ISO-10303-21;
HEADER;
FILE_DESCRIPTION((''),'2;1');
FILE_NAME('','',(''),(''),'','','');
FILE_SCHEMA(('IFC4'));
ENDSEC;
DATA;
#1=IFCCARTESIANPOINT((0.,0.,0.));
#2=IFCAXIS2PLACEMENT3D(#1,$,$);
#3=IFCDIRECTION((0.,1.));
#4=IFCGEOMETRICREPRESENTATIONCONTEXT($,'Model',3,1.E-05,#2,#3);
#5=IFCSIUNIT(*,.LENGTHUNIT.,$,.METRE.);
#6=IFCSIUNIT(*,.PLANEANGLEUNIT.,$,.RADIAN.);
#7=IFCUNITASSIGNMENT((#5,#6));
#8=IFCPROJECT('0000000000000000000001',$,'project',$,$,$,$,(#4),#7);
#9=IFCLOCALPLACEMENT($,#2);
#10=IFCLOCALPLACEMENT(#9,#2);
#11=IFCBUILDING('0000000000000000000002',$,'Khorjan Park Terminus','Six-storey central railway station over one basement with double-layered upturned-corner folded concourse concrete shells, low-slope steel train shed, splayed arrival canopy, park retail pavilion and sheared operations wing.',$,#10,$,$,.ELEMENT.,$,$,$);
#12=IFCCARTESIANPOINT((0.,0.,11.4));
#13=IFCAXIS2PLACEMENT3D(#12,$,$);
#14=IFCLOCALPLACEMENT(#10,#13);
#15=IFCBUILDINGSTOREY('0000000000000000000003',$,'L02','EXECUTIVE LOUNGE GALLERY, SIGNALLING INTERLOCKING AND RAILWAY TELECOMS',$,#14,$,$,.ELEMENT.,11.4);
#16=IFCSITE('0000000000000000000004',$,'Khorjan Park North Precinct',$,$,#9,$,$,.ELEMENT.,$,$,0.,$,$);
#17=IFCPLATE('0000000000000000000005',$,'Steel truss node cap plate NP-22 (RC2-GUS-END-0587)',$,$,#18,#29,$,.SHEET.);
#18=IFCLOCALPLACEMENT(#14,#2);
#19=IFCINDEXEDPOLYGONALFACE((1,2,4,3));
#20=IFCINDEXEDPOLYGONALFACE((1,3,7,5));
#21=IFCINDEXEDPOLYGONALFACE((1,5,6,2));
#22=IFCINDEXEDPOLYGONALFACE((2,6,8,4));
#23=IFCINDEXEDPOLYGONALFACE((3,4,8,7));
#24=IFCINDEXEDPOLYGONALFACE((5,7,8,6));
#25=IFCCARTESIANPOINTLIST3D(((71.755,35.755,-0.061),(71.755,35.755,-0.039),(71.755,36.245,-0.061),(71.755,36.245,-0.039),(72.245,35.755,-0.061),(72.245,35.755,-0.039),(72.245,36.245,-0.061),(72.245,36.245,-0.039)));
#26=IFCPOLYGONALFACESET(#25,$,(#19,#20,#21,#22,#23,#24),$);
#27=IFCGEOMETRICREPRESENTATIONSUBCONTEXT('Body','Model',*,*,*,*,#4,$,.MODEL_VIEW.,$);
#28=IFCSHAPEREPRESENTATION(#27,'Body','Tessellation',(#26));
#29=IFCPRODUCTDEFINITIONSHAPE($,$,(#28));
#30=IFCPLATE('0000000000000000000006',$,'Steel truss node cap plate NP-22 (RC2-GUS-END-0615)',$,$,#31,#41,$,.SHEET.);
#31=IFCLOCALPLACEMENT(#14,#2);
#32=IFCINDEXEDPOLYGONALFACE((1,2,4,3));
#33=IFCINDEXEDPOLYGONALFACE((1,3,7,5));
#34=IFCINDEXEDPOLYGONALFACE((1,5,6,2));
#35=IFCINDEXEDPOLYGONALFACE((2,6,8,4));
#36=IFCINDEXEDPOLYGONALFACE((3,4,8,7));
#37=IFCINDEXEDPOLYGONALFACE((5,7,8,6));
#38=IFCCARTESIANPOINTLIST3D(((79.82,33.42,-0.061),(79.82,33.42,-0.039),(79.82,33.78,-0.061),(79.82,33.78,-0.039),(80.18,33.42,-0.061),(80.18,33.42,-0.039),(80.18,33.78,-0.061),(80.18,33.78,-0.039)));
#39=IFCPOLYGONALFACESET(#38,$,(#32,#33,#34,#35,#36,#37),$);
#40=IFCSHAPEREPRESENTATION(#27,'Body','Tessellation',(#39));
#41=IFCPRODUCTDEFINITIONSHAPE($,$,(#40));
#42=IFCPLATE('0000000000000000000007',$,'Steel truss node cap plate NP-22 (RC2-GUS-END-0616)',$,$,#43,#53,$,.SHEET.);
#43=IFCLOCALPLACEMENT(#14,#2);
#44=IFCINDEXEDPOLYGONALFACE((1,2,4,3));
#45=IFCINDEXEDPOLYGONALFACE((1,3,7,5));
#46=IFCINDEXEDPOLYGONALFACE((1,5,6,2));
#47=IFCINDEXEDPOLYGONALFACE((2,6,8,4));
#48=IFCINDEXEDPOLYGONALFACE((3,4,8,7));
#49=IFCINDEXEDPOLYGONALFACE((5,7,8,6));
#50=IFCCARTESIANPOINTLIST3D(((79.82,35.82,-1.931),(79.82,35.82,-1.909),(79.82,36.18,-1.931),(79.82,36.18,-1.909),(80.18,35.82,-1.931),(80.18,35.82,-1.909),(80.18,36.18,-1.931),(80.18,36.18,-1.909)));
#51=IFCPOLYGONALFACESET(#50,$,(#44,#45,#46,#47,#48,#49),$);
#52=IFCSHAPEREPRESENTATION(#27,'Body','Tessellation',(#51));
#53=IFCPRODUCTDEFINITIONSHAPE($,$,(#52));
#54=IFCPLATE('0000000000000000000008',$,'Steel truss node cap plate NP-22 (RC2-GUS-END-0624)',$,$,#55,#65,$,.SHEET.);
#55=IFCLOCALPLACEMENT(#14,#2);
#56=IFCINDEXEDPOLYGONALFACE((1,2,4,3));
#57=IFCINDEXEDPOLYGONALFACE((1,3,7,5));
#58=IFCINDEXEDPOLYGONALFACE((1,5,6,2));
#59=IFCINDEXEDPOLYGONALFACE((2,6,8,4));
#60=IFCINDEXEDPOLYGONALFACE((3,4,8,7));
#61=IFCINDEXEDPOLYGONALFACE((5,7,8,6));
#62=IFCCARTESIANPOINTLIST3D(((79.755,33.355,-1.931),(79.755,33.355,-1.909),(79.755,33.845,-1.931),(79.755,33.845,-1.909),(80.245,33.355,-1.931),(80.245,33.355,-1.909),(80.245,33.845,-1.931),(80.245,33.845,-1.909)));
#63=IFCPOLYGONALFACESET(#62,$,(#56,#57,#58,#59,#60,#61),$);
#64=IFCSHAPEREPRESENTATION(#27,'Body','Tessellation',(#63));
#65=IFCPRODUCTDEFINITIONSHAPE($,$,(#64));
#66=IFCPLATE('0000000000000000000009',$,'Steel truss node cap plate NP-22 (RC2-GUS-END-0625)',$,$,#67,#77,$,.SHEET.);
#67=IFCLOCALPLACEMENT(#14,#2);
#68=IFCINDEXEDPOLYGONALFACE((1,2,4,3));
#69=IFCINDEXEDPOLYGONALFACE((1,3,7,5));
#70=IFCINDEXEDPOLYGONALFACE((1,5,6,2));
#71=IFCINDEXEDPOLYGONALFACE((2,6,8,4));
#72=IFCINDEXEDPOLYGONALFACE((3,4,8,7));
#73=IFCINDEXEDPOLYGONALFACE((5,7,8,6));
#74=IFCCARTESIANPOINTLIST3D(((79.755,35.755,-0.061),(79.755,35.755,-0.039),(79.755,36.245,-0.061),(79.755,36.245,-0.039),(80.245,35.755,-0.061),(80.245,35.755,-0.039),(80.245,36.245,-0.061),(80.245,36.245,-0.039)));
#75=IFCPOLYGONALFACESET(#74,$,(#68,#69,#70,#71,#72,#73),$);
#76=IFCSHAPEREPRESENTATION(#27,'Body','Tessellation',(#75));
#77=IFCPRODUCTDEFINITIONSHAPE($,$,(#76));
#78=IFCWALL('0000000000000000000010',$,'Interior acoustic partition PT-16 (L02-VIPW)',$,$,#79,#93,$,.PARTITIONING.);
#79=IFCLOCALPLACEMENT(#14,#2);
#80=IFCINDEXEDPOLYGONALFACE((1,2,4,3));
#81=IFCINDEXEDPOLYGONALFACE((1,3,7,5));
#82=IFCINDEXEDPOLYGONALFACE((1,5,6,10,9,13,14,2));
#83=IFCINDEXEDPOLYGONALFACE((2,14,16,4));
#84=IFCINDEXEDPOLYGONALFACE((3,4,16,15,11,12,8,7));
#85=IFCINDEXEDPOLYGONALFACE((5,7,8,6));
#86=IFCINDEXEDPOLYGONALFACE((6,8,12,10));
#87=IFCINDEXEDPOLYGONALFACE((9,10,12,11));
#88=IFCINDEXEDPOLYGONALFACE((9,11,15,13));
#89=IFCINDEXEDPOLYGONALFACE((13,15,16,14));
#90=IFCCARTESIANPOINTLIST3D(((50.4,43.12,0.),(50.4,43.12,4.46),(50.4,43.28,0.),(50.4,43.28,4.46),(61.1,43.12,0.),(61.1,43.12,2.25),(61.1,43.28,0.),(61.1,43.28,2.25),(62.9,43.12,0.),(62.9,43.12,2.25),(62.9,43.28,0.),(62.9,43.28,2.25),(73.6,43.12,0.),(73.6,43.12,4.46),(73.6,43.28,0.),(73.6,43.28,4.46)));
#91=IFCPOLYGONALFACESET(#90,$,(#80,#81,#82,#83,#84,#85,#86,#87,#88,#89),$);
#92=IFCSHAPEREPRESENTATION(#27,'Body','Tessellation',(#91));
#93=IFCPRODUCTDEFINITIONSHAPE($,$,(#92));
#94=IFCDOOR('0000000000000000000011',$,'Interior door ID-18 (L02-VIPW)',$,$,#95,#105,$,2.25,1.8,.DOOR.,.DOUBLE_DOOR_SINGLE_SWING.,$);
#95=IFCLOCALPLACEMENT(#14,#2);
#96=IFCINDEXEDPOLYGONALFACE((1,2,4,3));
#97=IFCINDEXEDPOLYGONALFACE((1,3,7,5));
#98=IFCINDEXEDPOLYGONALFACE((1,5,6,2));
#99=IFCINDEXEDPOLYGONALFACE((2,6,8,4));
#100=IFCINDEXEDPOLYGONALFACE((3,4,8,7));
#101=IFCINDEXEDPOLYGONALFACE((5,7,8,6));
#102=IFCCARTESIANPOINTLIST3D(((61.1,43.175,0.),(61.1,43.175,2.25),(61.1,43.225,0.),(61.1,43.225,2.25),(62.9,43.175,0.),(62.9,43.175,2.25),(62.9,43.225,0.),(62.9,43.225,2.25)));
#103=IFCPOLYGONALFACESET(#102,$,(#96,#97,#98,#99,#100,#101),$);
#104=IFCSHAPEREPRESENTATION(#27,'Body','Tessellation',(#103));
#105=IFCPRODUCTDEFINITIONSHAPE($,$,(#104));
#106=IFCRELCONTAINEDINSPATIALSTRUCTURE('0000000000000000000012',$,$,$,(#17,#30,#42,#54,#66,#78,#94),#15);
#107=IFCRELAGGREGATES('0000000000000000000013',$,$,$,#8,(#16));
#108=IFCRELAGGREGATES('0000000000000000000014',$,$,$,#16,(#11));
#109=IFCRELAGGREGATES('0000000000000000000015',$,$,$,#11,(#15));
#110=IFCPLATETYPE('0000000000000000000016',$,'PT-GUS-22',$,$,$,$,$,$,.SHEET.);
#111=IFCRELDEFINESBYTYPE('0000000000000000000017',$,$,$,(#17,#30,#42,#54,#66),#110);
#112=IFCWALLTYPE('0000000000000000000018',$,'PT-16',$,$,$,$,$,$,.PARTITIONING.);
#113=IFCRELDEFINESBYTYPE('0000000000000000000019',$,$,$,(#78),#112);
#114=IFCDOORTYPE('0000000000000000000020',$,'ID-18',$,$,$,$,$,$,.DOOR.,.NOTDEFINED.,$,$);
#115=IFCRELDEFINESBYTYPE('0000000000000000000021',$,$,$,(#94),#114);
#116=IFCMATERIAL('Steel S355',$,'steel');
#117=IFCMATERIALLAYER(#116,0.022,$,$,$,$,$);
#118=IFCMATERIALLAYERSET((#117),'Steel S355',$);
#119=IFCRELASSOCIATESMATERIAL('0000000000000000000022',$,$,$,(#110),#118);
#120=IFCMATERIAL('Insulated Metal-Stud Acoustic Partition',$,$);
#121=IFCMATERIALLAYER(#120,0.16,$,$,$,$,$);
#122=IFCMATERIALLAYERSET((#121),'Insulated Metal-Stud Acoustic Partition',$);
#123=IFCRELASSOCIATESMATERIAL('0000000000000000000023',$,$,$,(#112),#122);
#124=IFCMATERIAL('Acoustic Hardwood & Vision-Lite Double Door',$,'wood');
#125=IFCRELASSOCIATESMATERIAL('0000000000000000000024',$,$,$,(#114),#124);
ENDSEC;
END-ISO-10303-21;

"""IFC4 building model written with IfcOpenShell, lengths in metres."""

from ifc_helpers import new_model, si_unit, direction, frame, frame_2d, origin, origin_2d, place, context, subcontext, project, spatial, rectangle, extrude, material, layer, layer_set, type_object, element, fill, save


model = new_model("IFC4")

# Units and contexts
model_context = context("Model", 3, precision=1e-05, world=origin(), true_north=direction((0.0, 1.0)))
body_context = subcontext(model_context, "Body", "Model", "MODEL_VIEW")
ifc_project = project(units=[si_unit("LENGTHUNIT", "METRE"), si_unit("PLANEANGLEUNIT", "RADIAN")], contexts=[model_context])

# Site, building, storey
site_placement = place(None, origin())
site = spatial("IfcSite", under=ifc_project, at=site_placement, Name="Khorjan Park North Precinct", CompositionType="ELEMENT", RefElevation=0.0)
building_placement = place(site_placement, origin())
building = spatial("IfcBuilding", under=site, at=building_placement, Name="Khorjan Park Terminus", Description="Six-storey central railway station over one basement with double-layered upturned-corner folded concourse concrete shells, low-slope steel train shed, splayed arrival canopy, park retail pavilion and sheared operations wing.", CompositionType="ELEMENT")
storey_placement = place(building_placement, frame((0.0, 0.0, 11.4)))
storey = spatial("IfcBuildingStorey", under=building, at=storey_placement, Name="L02", Description="EXECUTIVE LOUNGE GALLERY, SIGNALLING INTERLOCKING AND RAILWAY TELECOMS", CompositionType="ELEMENT", Elevation=11.4)

# Shared definitions
ifc_material_1 = material(Name="Steel S355", Category="steel")

# Plates
ifc_layer_1 = layer(ifc_material_1, 0.022)
ifc_layer_set_1 = layer_set([ifc_layer_1], Name="Steel S355")
plate_type = type_object("IfcPlateType", Name="PT-GUS-22", PredefinedType="SHEET", material=ifc_layer_set_1)
for number, where, z_axis, x_axis, name in (
    (1, (72.0, 36.0, -0.061), (0.0, 0.0, 1.0), (1.0, 0.0, 0.0), "Steel truss node cap plate NP-22 (RC2-GUS-END-0587)"),
):
    element("IfcPlate", number, at=place(storey_placement, frame(where, z_axis=z_axis, x_axis=x_axis)), inside=storey, type_object=plate_type, Name=name, PredefinedType="SHEET", context=body_context, shape_type="SweptSolid", body=[
        extrude(rectangle(XDim=0.49, YDim=0.49, at=origin_2d()), origin(), (0.0, 0.0, 1.0), 0.022),
    ])
for number, where, z_axis, x_axis, name in (
    (2, (80.0, 33.6, -0.061), (0.0, 0.0, 1.0), (1.0, 0.0, 0.0), "Steel truss node cap plate NP-22 (RC2-GUS-END-0615)"),
    (3, (80.0, 36.0, -1.931), (0.0, 0.0, 1.0), (1.0, 0.0, 0.0), "Steel truss node cap plate NP-22 (RC2-GUS-END-0616)"),
):
    element("IfcPlate", number, at=place(storey_placement, frame(where, z_axis=z_axis, x_axis=x_axis)), inside=storey, type_object=plate_type, Name=name, PredefinedType="SHEET", context=body_context, shape_type="SweptSolid", body=[
        extrude(rectangle(XDim=0.36, YDim=0.36, at=origin_2d()), origin(), (0.0, 0.0, 1.0), 0.022),
    ])
for number, where, z_axis, x_axis, name in (
    (4, (80.0, 33.6, -1.931), (0.0, 0.0, 1.0), (1.0, 0.0, 0.0), "Steel truss node cap plate NP-22 (RC2-GUS-END-0624)"),
    (5, (80.0, 36.0, -0.061), (0.0, 0.0, 1.0), (1.0, 0.0, 0.0), "Steel truss node cap plate NP-22 (RC2-GUS-END-0625)"),
):
    element("IfcPlate", number, at=place(storey_placement, frame(where, z_axis=z_axis, x_axis=x_axis)), inside=storey, type_object=plate_type, Name=name, PredefinedType="SHEET", context=body_context, shape_type="SweptSolid", body=[
        extrude(rectangle(XDim=0.49, YDim=0.49, at=origin_2d()), origin(), (0.0, 0.0, 1.0), 0.022),
    ])

# Wall, opening, door
ifc_material_2 = material(Name="Insulated Metal-Stud Acoustic Partition")
ifc_layer_2 = layer(ifc_material_2, 0.16)
ifc_layer_set_2 = layer_set([ifc_layer_2], Name="Insulated Metal-Stud Acoustic Partition")
wall_type = type_object("IfcWallType", Name="PT-16", PredefinedType="PARTITIONING", material=ifc_layer_set_2)
wall_placement = place(storey_placement, frame((73.6, 43.2, 0.0), z_axis=(0.0, 0.0, 1.0), x_axis=(-1.0, 0.0, 0.0)))
wall = element("IfcWall", 6, at=wall_placement, inside=storey, type_object=wall_type, Name="Interior acoustic partition PT-16 (L02-VIPW)", PredefinedType="PARTITIONING", context=body_context, shape_type="SweptSolid", body=[
    extrude(rectangle(XDim=23.2, YDim=0.16, at=frame_2d((11.6, 0.0))), origin(), (0.0, 0.0, 1.0), 4.46),
])
opening_placement = place(wall_placement, frame((10.7, 0.0, 0.0)))
opening = element("IfcOpeningElement", 7, at=opening_placement, cuts=wall, PredefinedType="OPENING", context=body_context, shape_type="SweptSolid", body=[
    extrude(rectangle(XDim=1.8, YDim=2.25, at=frame_2d((0.9, 1.125))), frame((0.0, 0.09, 0.0), z_axis=(0.0, -1.0, 0.0), x_axis=(1.0, 0.0, 0.0)), (0.0, 0.0, 1.0), 0.18),
])
ifc_material_3 = material(Name="Acoustic Hardwood & Vision-Lite Double Door", Category="wood")
door_type = type_object("IfcDoorType", Name="ID-18", OperationType="NOTDEFINED", PredefinedType="DOOR", material=ifc_material_3)
door_placement = place(opening_placement, origin())
door = element("IfcDoor", 8, at=door_placement, inside=storey, type_object=door_type, Name="Interior door ID-18 (L02-VIPW)", OperationType="DOUBLE_DOOR_SINGLE_SWING", OverallHeight=2.25, OverallWidth=1.8, PredefinedType="DOOR", context=body_context, shape_type="SweptSolid", body=[
    extrude(rectangle(XDim=1.8, YDim=2.25, at=frame_2d((0.9, 1.125))), frame((0.0, 0.025, 0.0), z_axis=(0.0, -1.0, 0.0), x_axis=(1.0, 0.0, 0.0)), (0.0, 0.0, 1.0), 0.05),
])
fill(opening, door)

save(model, "model.ifc")
